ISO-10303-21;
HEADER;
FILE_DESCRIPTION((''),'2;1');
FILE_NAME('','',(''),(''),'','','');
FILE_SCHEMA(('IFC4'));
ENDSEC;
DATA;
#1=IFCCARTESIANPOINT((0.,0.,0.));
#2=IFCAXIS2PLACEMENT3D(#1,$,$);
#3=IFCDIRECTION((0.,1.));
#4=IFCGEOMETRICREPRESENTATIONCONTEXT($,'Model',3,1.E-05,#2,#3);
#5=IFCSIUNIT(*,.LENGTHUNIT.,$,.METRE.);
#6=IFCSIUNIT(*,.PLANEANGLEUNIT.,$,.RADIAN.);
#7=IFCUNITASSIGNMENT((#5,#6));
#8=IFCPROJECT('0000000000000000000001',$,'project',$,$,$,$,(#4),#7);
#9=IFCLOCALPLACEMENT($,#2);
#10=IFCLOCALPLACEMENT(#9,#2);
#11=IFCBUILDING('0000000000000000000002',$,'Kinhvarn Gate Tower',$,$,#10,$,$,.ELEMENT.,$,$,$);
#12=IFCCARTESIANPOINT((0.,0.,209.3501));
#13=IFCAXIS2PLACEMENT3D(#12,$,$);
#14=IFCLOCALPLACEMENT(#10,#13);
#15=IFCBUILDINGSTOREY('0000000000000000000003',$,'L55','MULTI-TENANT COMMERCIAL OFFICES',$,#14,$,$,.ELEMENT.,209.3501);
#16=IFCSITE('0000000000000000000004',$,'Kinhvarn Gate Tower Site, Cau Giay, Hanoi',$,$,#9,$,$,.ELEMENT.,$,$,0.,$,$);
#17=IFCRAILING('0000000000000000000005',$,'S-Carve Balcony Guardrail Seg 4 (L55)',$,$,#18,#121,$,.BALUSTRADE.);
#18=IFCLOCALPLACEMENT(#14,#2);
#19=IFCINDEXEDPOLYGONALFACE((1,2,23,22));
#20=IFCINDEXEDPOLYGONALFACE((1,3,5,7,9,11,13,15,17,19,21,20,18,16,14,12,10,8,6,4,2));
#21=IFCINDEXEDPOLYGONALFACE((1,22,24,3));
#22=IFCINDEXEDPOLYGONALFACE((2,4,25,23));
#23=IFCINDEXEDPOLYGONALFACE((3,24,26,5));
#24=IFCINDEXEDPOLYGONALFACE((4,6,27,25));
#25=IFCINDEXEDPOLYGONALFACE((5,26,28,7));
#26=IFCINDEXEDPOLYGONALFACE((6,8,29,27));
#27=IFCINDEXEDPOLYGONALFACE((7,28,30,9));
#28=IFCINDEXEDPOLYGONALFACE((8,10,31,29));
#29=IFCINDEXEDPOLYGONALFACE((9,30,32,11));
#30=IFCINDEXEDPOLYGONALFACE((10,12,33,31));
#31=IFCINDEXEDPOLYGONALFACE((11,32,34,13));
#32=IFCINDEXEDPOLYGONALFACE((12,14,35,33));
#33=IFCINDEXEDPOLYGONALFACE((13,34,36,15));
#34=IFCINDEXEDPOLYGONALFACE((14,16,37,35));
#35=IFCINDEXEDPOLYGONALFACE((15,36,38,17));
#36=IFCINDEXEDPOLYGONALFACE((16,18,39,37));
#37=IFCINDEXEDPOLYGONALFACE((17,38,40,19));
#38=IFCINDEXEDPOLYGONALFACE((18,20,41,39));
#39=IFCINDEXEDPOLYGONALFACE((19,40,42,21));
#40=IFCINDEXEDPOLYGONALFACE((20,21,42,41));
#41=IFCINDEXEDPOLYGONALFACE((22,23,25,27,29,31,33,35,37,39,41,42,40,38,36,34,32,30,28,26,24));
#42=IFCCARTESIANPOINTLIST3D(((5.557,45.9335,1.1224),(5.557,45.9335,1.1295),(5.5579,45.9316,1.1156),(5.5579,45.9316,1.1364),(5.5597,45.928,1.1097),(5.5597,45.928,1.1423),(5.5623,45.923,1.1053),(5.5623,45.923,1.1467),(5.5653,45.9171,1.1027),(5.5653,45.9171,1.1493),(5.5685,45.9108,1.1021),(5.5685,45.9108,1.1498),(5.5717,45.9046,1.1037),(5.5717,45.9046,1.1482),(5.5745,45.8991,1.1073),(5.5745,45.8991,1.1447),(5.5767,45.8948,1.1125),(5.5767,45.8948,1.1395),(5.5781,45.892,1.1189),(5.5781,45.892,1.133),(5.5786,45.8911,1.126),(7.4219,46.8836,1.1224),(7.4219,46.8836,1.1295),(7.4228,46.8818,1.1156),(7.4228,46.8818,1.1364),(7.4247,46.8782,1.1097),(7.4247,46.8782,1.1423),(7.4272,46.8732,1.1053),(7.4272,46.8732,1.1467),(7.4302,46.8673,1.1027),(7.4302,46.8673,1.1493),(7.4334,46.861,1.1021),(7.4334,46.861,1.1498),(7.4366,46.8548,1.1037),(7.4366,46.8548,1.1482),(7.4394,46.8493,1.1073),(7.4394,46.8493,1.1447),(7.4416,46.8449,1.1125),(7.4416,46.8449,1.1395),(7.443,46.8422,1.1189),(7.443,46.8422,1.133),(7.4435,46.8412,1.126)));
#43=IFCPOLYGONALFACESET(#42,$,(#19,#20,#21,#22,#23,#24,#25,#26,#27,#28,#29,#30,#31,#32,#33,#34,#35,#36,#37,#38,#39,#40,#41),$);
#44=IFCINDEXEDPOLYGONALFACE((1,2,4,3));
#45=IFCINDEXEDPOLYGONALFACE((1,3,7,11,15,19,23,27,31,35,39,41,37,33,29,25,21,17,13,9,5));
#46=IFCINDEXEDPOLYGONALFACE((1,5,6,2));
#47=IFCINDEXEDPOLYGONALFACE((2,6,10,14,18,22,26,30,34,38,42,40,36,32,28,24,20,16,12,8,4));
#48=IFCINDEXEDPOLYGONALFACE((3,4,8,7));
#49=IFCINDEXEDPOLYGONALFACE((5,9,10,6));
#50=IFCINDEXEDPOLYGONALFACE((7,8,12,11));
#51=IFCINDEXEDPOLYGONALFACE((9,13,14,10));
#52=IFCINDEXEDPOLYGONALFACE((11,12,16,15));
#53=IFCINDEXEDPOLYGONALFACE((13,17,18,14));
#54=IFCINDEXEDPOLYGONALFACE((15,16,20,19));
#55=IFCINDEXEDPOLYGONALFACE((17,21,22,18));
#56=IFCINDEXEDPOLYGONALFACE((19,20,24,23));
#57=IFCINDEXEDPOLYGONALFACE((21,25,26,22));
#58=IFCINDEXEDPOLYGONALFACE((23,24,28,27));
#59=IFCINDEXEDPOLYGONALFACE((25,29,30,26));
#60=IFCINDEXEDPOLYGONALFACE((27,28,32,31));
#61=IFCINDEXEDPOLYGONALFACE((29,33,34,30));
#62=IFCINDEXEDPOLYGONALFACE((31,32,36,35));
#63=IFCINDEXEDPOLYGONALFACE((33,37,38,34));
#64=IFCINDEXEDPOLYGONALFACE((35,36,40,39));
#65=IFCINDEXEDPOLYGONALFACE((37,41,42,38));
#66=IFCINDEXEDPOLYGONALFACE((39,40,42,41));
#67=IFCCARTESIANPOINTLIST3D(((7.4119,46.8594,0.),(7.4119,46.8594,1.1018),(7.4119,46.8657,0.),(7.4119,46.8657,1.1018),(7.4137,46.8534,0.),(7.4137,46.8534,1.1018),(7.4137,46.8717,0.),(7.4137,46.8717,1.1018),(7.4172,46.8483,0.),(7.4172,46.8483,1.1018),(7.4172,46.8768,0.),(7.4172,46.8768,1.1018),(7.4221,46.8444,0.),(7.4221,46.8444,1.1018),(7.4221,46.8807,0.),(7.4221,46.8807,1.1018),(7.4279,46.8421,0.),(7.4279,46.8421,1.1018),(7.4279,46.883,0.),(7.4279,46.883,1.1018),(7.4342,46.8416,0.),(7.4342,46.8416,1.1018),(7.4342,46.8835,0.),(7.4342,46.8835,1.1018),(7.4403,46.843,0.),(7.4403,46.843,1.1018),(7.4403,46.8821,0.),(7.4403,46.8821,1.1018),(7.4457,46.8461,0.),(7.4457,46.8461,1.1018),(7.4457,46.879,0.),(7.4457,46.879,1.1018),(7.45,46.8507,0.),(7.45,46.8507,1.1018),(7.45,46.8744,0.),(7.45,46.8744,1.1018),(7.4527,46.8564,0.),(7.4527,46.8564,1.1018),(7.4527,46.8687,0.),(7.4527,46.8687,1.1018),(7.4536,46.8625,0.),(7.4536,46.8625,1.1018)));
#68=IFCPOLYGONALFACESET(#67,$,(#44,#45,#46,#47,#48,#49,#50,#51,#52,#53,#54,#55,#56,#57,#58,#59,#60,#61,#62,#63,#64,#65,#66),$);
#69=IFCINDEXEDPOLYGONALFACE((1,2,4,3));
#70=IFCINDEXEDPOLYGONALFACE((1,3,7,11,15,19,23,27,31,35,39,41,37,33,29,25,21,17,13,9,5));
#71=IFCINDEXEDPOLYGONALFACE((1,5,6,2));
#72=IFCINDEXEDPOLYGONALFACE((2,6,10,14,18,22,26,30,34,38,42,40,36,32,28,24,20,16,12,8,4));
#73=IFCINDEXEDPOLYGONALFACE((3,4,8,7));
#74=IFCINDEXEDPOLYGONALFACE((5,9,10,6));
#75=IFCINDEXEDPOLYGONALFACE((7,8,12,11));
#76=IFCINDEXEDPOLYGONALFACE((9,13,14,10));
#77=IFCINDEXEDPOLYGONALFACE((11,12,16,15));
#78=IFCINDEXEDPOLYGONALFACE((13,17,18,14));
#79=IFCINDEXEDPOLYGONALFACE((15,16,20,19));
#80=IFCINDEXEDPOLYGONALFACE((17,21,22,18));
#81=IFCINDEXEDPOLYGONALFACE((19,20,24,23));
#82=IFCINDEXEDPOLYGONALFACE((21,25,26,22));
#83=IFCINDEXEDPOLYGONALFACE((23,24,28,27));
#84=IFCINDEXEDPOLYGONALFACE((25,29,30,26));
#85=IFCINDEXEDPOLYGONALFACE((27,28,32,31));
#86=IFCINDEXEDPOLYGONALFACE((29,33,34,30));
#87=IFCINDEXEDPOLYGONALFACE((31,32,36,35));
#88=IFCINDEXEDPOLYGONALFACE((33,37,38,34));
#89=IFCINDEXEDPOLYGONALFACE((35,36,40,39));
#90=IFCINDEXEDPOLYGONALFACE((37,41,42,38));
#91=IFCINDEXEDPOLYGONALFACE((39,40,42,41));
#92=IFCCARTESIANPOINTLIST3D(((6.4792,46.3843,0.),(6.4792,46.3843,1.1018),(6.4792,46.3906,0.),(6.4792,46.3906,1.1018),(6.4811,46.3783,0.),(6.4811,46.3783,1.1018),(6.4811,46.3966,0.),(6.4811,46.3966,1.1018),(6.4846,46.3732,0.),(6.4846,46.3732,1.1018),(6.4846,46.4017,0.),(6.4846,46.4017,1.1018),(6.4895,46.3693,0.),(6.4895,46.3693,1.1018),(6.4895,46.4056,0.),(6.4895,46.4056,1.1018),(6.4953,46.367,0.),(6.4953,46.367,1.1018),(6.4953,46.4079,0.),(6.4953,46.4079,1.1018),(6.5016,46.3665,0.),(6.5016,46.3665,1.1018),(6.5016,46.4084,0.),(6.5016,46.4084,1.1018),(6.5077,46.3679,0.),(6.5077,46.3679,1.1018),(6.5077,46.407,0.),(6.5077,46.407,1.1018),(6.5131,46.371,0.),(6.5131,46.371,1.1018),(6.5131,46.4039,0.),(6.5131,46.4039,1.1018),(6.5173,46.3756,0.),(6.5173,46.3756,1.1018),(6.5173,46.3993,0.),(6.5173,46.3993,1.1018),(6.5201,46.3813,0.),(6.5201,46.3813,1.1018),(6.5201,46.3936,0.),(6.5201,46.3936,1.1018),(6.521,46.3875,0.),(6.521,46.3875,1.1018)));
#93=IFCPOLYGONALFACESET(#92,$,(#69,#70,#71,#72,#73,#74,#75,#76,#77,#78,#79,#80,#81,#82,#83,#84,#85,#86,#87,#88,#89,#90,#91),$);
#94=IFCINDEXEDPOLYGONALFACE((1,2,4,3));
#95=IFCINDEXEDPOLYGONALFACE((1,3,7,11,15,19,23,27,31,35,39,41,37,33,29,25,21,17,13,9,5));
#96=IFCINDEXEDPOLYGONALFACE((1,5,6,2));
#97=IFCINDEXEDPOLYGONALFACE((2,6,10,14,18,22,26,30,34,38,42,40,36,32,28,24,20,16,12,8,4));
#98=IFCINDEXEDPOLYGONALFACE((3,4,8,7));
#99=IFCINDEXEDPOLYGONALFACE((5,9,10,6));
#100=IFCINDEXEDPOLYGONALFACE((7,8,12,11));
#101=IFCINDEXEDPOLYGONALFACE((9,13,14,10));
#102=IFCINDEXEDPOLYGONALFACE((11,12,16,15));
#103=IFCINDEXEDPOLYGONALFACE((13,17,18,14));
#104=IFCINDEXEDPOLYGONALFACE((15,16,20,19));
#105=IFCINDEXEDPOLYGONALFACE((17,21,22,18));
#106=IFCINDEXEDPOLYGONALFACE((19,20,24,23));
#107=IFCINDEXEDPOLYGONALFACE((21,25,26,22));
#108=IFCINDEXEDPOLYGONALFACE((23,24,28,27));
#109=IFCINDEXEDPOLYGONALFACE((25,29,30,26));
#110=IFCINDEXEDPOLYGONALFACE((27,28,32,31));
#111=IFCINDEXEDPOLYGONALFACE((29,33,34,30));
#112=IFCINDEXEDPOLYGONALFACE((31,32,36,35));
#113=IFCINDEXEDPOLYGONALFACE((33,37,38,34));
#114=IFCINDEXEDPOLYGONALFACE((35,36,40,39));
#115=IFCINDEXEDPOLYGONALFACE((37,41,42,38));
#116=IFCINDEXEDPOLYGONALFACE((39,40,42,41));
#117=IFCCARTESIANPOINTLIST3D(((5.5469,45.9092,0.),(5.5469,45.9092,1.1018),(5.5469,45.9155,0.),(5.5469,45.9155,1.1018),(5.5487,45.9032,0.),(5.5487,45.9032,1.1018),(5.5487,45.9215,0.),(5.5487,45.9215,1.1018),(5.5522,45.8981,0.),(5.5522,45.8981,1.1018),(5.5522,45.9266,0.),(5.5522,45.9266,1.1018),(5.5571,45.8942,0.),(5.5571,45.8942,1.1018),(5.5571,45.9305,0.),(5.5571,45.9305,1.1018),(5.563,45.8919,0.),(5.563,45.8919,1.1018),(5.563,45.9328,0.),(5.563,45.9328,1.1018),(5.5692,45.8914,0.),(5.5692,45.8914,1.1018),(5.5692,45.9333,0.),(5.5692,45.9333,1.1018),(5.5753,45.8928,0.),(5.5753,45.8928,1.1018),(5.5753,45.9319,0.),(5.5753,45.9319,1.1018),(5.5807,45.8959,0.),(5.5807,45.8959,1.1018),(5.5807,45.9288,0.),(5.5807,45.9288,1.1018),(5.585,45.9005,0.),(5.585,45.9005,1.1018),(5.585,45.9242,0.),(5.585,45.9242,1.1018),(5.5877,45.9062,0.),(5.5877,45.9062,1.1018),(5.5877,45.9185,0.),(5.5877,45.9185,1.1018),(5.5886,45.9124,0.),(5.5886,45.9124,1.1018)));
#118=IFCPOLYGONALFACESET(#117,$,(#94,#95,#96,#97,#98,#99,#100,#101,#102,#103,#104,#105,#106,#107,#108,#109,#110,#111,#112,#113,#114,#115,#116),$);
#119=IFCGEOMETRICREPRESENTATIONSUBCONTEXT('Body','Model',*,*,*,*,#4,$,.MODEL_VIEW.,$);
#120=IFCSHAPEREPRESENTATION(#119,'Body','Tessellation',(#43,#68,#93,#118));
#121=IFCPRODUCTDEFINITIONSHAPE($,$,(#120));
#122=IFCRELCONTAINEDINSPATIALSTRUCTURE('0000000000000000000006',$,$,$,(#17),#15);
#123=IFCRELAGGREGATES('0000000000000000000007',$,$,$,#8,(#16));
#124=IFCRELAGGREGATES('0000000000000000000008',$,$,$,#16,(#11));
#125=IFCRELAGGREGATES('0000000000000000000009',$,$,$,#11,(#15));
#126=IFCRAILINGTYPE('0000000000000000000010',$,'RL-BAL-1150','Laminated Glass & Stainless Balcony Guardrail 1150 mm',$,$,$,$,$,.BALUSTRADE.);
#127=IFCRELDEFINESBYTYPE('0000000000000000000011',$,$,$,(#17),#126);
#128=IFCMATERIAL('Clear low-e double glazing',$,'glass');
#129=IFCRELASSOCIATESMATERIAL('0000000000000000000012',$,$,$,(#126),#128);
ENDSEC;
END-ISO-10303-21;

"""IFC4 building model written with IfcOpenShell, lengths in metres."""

from ifc_helpers import new_model, si_unit, direction, frame, origin, origin_2d, place, context, subcontext, project, spatial, circle, extrude, material, type_object, element, save


model = new_model("IFC4")

# Units and contexts
model_context = context("Model", 3, precision=1e-05, world=origin(), true_north=direction((0.0, 1.0)))
body_context = subcontext(model_context, "Body", "Model", "MODEL_VIEW")
ifc_project = project(units=[si_unit("LENGTHUNIT", "METRE"), si_unit("PLANEANGLEUNIT", "RADIAN")], contexts=[model_context])

# Site, building, storey
site_placement = place(None, origin())
site = spatial("IfcSite", under=ifc_project, at=site_placement, Name="Kinhvarn Gate Tower Site, Cau Giay, Hanoi", CompositionType="ELEMENT", RefElevation=0.0)
building_placement = place(site_placement, origin())
building = spatial("IfcBuilding", under=site, at=building_placement, Name="Kinhvarn Gate Tower", CompositionType="ELEMENT")
storey_placement = place(building_placement, frame((0.0, 0.0, 209.3501)))
storey = spatial("IfcBuildingStorey", under=building, at=storey_placement, Name="L55", Description="MULTI-TENANT COMMERCIAL OFFICES", CompositionType="ELEMENT", Elevation=209.3501)

# Shared definitions
ifc_material_1 = material(Name="Clear low-e double glazing", Category="glass")

# Railing
railing_type_1 = type_object("IfcRailingType", Name="RL-BAL-1150", Description="Laminated Glass & Stainless Balcony Guardrail 1150 mm", PredefinedType="BALUSTRADE", material=ifc_material_1)
railing_1_placement = place(storey_placement, frame((7.4326, 46.8625, 0.0)))
element("IfcRailing", 1, at=railing_1_placement, inside=storey, type_object=railing_type_1, Name="S-Carve Balcony Guardrail Seg 4 (L55)", PredefinedType="BALUSTRADE", context=body_context, shape_type="SweptSolid", body=[
    extrude(circle(Radius=0.0239, at=origin_2d()), frame((0.0, 0.0, 1.126), z_axis=(-0.891019, -0.453966, 0.0), x_axis=(0.453966, -0.891019, 0.0)), (0.0, 0.0, 1.0), 2.093),
    extrude(circle(Radius=0.021, at=origin_2d()), origin(), (0.0, 0.0, 1.0), 1.1018),
    extrude(circle(Radius=0.021, at=origin_2d()), frame((-0.9326, -0.4751, 0.0)), (0.0, 0.0, 1.0), 1.1018),
    extrude(circle(Radius=0.021, at=origin_2d()), frame((-1.865, -0.9502, 0.0)), (0.0, 0.0, 1.0), 1.1018),
])

save(model, "model.ifc")
